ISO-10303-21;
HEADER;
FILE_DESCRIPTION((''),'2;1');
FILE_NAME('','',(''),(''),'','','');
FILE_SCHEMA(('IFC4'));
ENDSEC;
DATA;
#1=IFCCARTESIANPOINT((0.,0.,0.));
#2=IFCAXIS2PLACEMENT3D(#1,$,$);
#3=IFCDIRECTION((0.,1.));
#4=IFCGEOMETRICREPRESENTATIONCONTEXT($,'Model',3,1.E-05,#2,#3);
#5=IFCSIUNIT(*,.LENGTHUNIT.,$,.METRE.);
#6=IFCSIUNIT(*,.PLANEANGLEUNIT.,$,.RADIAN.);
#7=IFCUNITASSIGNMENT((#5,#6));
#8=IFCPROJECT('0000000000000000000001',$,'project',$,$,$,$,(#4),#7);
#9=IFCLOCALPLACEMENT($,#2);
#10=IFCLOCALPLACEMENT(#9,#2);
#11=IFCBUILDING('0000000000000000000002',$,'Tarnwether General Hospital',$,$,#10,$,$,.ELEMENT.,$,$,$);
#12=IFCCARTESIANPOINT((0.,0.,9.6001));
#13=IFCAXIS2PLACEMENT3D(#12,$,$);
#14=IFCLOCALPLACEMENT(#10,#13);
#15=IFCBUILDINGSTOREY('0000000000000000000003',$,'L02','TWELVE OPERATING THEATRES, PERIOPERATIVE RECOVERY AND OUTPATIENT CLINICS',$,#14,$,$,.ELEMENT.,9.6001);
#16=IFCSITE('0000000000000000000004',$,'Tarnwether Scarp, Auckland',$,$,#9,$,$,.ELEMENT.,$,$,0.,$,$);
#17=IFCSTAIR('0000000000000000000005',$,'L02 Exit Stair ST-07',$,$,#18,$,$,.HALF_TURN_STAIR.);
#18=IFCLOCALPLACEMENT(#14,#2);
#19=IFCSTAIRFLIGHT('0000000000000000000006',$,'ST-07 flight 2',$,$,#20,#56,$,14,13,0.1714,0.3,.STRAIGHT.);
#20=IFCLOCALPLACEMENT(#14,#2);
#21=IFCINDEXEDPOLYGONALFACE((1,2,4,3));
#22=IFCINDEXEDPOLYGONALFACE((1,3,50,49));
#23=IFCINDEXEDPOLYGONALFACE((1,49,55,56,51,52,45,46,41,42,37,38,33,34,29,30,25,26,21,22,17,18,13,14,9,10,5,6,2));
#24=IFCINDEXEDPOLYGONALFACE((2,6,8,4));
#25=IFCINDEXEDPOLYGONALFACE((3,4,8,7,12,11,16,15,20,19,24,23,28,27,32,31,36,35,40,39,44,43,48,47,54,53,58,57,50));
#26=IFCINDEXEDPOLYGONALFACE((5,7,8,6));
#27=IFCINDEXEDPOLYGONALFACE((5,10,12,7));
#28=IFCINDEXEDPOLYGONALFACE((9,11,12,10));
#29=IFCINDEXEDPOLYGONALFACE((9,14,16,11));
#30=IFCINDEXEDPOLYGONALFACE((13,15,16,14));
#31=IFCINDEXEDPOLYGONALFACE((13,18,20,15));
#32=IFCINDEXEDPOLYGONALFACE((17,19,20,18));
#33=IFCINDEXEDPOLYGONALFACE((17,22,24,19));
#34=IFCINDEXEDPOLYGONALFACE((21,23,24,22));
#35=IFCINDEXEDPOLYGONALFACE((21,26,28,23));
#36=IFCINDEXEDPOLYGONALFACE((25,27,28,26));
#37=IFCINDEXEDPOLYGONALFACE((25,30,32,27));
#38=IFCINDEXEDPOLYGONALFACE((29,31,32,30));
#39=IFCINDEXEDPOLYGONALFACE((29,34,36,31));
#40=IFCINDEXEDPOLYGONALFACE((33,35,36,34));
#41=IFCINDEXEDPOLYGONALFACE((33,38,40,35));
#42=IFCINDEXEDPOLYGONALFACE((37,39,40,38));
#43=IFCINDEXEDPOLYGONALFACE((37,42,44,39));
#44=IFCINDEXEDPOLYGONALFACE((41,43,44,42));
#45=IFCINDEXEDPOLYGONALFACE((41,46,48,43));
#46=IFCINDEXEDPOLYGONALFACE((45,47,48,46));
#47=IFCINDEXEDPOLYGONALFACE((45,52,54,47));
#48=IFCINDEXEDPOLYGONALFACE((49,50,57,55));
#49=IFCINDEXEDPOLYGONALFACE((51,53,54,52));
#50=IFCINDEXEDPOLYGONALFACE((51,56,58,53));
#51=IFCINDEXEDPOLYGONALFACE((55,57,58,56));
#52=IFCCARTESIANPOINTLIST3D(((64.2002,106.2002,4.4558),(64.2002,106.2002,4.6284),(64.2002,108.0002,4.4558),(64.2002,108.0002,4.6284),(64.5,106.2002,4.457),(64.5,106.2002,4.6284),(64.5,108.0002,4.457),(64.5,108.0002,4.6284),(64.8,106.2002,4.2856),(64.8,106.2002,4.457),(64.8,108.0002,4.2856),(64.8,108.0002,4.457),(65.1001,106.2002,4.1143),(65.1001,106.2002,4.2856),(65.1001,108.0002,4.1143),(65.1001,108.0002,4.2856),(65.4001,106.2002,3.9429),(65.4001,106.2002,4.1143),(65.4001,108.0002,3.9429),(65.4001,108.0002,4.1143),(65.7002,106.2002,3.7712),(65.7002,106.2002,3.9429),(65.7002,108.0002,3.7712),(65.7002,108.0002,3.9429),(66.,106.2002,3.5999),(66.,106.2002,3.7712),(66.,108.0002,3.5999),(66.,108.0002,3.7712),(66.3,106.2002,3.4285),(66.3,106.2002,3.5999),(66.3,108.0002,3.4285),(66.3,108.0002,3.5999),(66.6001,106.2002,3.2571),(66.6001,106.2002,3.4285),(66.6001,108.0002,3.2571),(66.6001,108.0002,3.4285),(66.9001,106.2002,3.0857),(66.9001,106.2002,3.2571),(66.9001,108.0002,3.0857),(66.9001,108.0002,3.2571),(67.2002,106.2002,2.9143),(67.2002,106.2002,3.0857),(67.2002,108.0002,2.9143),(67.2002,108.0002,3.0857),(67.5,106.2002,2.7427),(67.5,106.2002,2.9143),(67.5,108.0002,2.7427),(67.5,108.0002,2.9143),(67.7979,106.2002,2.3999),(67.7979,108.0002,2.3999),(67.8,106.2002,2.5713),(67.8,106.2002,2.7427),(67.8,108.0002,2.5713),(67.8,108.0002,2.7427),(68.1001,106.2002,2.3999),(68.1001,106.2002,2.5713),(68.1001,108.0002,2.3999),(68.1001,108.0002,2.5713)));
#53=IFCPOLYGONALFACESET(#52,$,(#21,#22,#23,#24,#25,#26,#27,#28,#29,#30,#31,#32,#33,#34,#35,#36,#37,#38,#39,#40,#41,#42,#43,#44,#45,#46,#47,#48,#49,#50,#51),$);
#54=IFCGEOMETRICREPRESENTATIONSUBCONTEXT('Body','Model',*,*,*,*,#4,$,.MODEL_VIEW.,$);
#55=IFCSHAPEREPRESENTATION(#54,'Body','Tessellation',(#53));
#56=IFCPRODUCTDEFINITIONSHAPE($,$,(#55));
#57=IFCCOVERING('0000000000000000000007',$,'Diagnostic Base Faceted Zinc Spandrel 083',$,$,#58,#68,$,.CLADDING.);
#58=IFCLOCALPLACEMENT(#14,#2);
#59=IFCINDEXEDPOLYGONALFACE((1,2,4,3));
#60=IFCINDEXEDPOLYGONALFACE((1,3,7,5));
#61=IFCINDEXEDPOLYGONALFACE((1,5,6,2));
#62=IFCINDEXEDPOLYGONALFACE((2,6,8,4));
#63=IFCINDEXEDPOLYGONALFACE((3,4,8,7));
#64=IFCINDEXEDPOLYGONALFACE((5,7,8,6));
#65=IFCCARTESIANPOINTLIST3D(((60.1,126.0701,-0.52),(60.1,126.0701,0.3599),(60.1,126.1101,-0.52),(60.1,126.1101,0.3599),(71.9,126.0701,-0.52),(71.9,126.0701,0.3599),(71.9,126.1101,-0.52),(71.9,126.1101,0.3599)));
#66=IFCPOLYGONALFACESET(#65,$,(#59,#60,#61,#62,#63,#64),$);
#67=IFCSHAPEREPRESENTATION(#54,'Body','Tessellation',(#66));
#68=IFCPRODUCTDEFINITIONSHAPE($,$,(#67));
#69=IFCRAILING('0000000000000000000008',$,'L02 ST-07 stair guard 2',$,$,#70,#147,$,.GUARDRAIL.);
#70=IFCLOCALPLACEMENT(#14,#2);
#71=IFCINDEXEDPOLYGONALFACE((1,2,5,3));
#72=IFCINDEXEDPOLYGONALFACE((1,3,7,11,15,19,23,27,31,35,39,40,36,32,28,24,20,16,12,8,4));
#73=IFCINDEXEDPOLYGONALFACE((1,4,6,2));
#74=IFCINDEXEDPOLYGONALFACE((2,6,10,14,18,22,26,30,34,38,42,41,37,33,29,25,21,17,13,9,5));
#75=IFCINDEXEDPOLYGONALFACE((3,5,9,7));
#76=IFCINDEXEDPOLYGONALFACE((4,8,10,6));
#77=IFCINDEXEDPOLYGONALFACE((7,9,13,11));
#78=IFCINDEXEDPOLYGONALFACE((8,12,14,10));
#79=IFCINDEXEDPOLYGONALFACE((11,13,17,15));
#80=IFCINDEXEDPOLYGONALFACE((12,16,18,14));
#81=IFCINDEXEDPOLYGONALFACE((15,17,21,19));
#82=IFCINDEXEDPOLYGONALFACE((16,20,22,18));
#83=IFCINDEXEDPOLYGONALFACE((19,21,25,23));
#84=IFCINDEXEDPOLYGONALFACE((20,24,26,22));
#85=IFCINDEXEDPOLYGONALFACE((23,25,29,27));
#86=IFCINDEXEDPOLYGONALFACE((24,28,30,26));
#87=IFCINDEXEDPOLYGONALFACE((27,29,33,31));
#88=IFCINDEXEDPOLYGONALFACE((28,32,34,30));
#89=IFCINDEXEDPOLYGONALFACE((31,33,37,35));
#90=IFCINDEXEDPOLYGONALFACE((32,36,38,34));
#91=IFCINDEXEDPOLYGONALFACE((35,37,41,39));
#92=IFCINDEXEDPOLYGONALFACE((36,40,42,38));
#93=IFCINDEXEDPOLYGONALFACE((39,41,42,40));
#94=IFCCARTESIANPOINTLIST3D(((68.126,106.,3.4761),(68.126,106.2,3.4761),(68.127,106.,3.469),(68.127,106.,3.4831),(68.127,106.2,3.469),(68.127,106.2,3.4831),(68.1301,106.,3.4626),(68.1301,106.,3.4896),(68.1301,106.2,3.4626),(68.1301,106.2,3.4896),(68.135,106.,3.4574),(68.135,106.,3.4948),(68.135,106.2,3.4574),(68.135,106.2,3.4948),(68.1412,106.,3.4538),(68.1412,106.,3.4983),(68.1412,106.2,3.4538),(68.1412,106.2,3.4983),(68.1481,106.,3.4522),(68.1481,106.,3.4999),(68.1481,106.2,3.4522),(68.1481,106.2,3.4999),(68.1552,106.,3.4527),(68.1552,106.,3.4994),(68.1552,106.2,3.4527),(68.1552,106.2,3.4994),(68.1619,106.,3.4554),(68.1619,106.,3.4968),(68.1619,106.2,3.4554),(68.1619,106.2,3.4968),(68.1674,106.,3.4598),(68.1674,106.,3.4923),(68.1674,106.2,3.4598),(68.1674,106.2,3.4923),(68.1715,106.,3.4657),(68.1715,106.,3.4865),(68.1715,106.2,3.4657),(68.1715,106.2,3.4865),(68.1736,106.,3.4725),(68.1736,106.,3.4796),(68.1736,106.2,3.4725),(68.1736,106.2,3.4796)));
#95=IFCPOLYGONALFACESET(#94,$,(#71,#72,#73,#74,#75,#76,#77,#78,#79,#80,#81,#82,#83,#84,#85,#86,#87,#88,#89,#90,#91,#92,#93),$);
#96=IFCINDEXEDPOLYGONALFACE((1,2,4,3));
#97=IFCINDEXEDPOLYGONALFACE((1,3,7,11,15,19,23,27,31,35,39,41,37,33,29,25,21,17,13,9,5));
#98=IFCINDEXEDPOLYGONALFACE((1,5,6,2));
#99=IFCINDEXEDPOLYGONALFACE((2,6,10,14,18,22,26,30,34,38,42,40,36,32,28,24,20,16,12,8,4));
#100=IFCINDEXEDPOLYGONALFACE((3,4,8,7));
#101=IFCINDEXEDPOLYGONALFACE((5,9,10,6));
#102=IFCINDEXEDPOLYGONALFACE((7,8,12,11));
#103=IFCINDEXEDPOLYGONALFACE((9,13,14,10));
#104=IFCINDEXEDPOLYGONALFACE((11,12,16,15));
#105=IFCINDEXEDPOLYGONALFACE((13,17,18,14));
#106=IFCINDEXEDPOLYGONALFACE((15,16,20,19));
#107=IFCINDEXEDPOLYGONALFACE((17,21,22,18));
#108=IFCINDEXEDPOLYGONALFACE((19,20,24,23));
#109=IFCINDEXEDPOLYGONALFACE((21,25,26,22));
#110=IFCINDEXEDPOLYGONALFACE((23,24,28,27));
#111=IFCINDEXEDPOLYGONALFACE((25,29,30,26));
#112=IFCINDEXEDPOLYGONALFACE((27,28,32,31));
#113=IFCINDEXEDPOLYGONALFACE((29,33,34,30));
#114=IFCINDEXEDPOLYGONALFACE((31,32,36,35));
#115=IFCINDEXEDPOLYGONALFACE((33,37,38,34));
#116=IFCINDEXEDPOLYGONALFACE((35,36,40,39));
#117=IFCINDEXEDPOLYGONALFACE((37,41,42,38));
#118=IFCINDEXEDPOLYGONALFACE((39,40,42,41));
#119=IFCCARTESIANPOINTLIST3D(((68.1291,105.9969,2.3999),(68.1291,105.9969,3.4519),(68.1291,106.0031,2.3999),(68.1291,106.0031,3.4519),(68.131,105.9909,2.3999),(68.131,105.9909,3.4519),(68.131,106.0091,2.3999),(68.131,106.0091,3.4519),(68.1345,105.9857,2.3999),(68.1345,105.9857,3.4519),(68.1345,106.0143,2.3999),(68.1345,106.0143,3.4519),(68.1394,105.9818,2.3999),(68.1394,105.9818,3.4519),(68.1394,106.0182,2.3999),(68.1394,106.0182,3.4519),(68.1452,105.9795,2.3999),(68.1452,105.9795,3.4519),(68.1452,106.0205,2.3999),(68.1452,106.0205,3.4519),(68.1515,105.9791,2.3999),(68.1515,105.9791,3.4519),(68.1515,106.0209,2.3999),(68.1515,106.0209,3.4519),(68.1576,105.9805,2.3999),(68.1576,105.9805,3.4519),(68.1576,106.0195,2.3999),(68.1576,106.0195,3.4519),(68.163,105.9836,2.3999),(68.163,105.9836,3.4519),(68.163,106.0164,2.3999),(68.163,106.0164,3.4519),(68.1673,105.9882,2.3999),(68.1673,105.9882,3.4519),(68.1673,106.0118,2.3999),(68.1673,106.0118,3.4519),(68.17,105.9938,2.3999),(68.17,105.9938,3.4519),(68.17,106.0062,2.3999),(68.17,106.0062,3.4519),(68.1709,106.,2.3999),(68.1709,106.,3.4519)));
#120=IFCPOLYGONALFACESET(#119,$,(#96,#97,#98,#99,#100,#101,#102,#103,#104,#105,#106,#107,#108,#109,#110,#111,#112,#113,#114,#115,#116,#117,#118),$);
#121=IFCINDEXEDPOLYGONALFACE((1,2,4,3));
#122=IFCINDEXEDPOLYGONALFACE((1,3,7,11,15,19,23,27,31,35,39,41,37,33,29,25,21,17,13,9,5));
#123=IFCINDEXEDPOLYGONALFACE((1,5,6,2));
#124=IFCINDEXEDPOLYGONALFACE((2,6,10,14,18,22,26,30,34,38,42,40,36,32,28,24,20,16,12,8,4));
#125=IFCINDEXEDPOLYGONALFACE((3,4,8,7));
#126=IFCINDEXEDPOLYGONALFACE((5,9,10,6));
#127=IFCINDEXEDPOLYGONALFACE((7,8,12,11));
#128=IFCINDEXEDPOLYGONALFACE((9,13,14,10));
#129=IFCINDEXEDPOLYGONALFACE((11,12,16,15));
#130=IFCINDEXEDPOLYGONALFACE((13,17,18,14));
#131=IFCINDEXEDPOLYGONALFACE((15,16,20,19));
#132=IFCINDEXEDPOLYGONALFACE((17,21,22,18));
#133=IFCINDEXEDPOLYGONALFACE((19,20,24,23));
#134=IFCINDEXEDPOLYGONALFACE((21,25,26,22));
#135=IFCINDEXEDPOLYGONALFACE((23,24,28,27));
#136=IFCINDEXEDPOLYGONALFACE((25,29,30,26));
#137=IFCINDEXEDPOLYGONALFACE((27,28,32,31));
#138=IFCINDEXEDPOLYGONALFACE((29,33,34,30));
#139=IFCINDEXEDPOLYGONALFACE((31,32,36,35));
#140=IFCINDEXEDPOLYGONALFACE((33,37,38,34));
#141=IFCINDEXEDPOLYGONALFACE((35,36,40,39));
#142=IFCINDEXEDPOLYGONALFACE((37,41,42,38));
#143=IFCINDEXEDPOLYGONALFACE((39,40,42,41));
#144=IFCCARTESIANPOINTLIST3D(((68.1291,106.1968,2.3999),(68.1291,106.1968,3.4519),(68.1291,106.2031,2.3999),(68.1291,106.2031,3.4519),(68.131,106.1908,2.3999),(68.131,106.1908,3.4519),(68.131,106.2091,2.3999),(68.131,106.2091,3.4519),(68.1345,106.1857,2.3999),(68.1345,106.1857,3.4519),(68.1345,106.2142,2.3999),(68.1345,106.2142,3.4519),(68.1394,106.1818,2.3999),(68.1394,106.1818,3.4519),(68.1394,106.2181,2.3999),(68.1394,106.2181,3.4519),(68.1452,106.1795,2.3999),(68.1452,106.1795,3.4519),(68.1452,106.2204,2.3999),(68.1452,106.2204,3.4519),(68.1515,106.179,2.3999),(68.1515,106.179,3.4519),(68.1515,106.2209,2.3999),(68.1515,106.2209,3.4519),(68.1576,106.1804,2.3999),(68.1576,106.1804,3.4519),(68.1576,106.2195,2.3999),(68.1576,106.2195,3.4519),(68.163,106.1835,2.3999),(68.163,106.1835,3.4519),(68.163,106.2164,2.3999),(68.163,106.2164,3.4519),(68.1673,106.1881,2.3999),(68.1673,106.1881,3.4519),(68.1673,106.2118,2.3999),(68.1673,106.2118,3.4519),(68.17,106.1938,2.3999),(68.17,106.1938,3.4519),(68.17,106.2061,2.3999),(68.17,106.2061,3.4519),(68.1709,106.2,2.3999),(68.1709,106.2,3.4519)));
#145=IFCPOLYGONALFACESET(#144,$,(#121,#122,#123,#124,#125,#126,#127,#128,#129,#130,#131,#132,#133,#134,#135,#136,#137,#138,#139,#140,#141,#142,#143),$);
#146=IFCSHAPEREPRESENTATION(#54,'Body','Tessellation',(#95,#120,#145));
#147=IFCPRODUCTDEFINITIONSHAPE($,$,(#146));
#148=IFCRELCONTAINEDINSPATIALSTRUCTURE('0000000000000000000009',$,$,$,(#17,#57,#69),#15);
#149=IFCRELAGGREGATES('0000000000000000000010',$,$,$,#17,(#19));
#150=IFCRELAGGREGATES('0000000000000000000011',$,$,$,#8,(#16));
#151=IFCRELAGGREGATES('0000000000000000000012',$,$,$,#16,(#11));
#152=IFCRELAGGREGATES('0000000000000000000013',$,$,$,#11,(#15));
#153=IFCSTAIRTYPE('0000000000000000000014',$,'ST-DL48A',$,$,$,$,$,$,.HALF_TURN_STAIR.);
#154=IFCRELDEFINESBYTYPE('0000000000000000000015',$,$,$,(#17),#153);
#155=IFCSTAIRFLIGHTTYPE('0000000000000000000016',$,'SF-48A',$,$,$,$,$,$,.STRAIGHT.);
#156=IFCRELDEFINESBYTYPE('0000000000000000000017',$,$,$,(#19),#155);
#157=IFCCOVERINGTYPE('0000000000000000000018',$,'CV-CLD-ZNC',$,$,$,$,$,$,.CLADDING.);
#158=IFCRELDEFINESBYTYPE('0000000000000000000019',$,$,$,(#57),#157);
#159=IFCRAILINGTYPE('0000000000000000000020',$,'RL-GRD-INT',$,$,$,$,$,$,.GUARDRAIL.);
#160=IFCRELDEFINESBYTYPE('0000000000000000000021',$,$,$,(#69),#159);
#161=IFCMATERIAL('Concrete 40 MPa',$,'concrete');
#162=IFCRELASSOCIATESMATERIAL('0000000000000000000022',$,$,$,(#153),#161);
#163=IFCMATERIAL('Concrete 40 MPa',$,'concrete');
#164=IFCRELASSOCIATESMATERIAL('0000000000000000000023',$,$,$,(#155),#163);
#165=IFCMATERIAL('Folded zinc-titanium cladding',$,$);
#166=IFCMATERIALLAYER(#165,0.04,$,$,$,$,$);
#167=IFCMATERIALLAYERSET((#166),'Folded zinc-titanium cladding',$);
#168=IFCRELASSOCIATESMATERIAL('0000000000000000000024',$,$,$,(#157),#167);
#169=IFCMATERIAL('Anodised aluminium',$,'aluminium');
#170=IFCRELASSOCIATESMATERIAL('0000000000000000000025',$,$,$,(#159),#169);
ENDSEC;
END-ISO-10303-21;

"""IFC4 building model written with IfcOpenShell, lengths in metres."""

from ifc_helpers import new_model, si_unit, direction, frame, origin, origin_2d, place, context, subcontext, project, spatial, polyline, rectangle, circle, outline, extrude, material, layer, layer_set, type_object, element, aggregate, save


model = new_model("IFC4")

# Units and contexts
model_context = context("Model", 3, precision=1e-05, world=origin(), true_north=direction((0.0, 1.0)))
body_context = subcontext(model_context, "Body", "Model", "MODEL_VIEW")
ifc_project = project(units=[si_unit("LENGTHUNIT", "METRE"), si_unit("PLANEANGLEUNIT", "RADIAN")], contexts=[model_context])

# Site, building, storey
site_placement = place(None, origin())
site = spatial("IfcSite", under=ifc_project, at=site_placement, Name="Tarnwether Scarp, Auckland", CompositionType="ELEMENT", RefElevation=0.0)
building_placement = place(site_placement, origin())
building = spatial("IfcBuilding", under=site, at=building_placement, Name="Tarnwether General Hospital", CompositionType="ELEMENT")
storey_placement = place(building_placement, frame((0.0, 0.0, 9.6001)))
storey = spatial("IfcBuildingStorey", under=building, at=storey_placement, Name="L02", Description="TWELVE OPERATING THEATRES, PERIOPERATIVE RECOVERY AND OUTPATIENT CLINICS", CompositionType="ELEMENT", Elevation=9.6001)

# Stair, stair flight
ifc_material_1 = material(Name="Concrete 40 MPa", Category="concrete")
stair_type = type_object("IfcStairType", Name="ST-DL48A", PredefinedType="HALF_TURN_STAIR", material=ifc_material_1)
stair_placement = place(storey_placement, origin())
stair = element("IfcStair", 1, at=stair_placement, inside=storey, type_object=stair_type, Name="L02 Exit Stair ST-07", PredefinedType="HALF_TURN_STAIR")
ifc_material_2 = material(Name="Concrete 40 MPa", Category="concrete")
stair_flight_type = type_object("IfcStairFlightType", Name="SF-48A", PredefinedType="STRAIGHT", material=ifc_material_2)
stair_flight_placement = place(storey_placement, frame((68.1001, 107.1001, 2.3999), z_axis=(0.0, 0.0, 1.0), x_axis=(-1.0, 0.0, 0.0)))
stair_flight = element("IfcStairFlight", 2, at=stair_flight_placement, type_object=stair_flight_type, Name="ST-07 flight 2", NumberOfRisers=14, NumberOfTreads=13, PredefinedType="STRAIGHT", RiserHeight=0.1714, TreadLength=0.3, context=body_context, shape_type="SweptSolid", body=[
    extrude(outline(polyline([(0.0, 0.0), (0.0, 0.1714), (0.3, 0.1714), (0.3, 0.3428), (0.6001, 0.3428), (0.6001, 0.5144), (0.8999, 0.5144), (0.8999, 0.6858), (1.2, 0.6858), (1.2, 0.8572), (1.5, 0.8572), (1.5, 1.0286), (1.8, 1.0286), (1.8, 1.2), (2.1001, 1.2), (2.1001, 1.3713), (2.3999, 1.3713), (2.3999, 1.543), (2.7, 1.543), (2.7, 1.7144), (3.0, 1.7144), (3.0, 1.8857), (3.3, 1.8857), (3.3, 2.0571), (3.6001, 2.0571), (3.6001, 2.2285), (3.8999, 2.2285), (3.8999, 2.3999), (3.8999, 2.0559), (0.3022, 0.0), (0.0, 0.0)])), frame((0.0, 0.8999, 0.0), z_axis=(0.0, -1.0, 0.0), x_axis=(1.0, 0.0, 0.0)), (0.0, 0.0, 1.0), 1.8),
])
aggregate(stair, [stair_flight])

# Covering
ifc_material_3 = material(Name="Folded zinc-titanium cladding")
ifc_layer_1 = layer(ifc_material_3, 0.04)
ifc_layer_set_1 = layer_set([ifc_layer_1], Name="Folded zinc-titanium cladding")
covering_type = type_object("IfcCoveringType", Name="CV-CLD-ZNC", PredefinedType="CLADDING", material=ifc_layer_set_1)
covering_placement = place(storey_placement, frame((66.0, 126.0901, -0.52), z_axis=(0.0, 0.0, 1.0), x_axis=(1.0, 0.0, 0.0)))
element("IfcCovering", 3, at=covering_placement, inside=storey, type_object=covering_type, Name="Diagnostic Base Faceted Zinc Spandrel 083", PredefinedType="CLADDING", context=body_context, shape_type="SweptSolid", body=[
    extrude(rectangle(XDim=11.8, YDim=0.04, at=origin_2d()), origin(), (0.0, 0.0, 1.0), 0.8799),
])

# Railing
ifc_material_4 = material(Name="Anodised aluminium", Category="aluminium")
railing_type_1 = type_object("IfcRailingType", Name="RL-GRD-INT", PredefinedType="GUARDRAIL", material=ifc_material_4)
railing_1_placement = place(storey_placement, frame((68.1499, 106.0, 2.3999)))
element("IfcRailing", 4, at=railing_1_placement, inside=storey, type_object=railing_type_1, Name="L02 ST-07 stair guard 2", PredefinedType="GUARDRAIL", context=body_context, shape_type="SweptSolid", body=[
    extrude(circle(Radius=0.0239, at=origin_2d()), frame((0.0, 0.0, 1.0762), z_axis=(0.0, 1.0, 0.0), x_axis=(-1.0, 0.0, 0.0)), (0.0, 0.0, 1.0), 0.2),
    extrude(circle(Radius=0.021, at=origin_2d()), origin(), (0.0, 0.0, 1.0), 1.052),
    extrude(circle(Radius=0.021, at=origin_2d()), frame((0.0, 0.2, 0.0)), (0.0, 0.0, 1.0), 1.052),
])

save(model, "model.ifc")
